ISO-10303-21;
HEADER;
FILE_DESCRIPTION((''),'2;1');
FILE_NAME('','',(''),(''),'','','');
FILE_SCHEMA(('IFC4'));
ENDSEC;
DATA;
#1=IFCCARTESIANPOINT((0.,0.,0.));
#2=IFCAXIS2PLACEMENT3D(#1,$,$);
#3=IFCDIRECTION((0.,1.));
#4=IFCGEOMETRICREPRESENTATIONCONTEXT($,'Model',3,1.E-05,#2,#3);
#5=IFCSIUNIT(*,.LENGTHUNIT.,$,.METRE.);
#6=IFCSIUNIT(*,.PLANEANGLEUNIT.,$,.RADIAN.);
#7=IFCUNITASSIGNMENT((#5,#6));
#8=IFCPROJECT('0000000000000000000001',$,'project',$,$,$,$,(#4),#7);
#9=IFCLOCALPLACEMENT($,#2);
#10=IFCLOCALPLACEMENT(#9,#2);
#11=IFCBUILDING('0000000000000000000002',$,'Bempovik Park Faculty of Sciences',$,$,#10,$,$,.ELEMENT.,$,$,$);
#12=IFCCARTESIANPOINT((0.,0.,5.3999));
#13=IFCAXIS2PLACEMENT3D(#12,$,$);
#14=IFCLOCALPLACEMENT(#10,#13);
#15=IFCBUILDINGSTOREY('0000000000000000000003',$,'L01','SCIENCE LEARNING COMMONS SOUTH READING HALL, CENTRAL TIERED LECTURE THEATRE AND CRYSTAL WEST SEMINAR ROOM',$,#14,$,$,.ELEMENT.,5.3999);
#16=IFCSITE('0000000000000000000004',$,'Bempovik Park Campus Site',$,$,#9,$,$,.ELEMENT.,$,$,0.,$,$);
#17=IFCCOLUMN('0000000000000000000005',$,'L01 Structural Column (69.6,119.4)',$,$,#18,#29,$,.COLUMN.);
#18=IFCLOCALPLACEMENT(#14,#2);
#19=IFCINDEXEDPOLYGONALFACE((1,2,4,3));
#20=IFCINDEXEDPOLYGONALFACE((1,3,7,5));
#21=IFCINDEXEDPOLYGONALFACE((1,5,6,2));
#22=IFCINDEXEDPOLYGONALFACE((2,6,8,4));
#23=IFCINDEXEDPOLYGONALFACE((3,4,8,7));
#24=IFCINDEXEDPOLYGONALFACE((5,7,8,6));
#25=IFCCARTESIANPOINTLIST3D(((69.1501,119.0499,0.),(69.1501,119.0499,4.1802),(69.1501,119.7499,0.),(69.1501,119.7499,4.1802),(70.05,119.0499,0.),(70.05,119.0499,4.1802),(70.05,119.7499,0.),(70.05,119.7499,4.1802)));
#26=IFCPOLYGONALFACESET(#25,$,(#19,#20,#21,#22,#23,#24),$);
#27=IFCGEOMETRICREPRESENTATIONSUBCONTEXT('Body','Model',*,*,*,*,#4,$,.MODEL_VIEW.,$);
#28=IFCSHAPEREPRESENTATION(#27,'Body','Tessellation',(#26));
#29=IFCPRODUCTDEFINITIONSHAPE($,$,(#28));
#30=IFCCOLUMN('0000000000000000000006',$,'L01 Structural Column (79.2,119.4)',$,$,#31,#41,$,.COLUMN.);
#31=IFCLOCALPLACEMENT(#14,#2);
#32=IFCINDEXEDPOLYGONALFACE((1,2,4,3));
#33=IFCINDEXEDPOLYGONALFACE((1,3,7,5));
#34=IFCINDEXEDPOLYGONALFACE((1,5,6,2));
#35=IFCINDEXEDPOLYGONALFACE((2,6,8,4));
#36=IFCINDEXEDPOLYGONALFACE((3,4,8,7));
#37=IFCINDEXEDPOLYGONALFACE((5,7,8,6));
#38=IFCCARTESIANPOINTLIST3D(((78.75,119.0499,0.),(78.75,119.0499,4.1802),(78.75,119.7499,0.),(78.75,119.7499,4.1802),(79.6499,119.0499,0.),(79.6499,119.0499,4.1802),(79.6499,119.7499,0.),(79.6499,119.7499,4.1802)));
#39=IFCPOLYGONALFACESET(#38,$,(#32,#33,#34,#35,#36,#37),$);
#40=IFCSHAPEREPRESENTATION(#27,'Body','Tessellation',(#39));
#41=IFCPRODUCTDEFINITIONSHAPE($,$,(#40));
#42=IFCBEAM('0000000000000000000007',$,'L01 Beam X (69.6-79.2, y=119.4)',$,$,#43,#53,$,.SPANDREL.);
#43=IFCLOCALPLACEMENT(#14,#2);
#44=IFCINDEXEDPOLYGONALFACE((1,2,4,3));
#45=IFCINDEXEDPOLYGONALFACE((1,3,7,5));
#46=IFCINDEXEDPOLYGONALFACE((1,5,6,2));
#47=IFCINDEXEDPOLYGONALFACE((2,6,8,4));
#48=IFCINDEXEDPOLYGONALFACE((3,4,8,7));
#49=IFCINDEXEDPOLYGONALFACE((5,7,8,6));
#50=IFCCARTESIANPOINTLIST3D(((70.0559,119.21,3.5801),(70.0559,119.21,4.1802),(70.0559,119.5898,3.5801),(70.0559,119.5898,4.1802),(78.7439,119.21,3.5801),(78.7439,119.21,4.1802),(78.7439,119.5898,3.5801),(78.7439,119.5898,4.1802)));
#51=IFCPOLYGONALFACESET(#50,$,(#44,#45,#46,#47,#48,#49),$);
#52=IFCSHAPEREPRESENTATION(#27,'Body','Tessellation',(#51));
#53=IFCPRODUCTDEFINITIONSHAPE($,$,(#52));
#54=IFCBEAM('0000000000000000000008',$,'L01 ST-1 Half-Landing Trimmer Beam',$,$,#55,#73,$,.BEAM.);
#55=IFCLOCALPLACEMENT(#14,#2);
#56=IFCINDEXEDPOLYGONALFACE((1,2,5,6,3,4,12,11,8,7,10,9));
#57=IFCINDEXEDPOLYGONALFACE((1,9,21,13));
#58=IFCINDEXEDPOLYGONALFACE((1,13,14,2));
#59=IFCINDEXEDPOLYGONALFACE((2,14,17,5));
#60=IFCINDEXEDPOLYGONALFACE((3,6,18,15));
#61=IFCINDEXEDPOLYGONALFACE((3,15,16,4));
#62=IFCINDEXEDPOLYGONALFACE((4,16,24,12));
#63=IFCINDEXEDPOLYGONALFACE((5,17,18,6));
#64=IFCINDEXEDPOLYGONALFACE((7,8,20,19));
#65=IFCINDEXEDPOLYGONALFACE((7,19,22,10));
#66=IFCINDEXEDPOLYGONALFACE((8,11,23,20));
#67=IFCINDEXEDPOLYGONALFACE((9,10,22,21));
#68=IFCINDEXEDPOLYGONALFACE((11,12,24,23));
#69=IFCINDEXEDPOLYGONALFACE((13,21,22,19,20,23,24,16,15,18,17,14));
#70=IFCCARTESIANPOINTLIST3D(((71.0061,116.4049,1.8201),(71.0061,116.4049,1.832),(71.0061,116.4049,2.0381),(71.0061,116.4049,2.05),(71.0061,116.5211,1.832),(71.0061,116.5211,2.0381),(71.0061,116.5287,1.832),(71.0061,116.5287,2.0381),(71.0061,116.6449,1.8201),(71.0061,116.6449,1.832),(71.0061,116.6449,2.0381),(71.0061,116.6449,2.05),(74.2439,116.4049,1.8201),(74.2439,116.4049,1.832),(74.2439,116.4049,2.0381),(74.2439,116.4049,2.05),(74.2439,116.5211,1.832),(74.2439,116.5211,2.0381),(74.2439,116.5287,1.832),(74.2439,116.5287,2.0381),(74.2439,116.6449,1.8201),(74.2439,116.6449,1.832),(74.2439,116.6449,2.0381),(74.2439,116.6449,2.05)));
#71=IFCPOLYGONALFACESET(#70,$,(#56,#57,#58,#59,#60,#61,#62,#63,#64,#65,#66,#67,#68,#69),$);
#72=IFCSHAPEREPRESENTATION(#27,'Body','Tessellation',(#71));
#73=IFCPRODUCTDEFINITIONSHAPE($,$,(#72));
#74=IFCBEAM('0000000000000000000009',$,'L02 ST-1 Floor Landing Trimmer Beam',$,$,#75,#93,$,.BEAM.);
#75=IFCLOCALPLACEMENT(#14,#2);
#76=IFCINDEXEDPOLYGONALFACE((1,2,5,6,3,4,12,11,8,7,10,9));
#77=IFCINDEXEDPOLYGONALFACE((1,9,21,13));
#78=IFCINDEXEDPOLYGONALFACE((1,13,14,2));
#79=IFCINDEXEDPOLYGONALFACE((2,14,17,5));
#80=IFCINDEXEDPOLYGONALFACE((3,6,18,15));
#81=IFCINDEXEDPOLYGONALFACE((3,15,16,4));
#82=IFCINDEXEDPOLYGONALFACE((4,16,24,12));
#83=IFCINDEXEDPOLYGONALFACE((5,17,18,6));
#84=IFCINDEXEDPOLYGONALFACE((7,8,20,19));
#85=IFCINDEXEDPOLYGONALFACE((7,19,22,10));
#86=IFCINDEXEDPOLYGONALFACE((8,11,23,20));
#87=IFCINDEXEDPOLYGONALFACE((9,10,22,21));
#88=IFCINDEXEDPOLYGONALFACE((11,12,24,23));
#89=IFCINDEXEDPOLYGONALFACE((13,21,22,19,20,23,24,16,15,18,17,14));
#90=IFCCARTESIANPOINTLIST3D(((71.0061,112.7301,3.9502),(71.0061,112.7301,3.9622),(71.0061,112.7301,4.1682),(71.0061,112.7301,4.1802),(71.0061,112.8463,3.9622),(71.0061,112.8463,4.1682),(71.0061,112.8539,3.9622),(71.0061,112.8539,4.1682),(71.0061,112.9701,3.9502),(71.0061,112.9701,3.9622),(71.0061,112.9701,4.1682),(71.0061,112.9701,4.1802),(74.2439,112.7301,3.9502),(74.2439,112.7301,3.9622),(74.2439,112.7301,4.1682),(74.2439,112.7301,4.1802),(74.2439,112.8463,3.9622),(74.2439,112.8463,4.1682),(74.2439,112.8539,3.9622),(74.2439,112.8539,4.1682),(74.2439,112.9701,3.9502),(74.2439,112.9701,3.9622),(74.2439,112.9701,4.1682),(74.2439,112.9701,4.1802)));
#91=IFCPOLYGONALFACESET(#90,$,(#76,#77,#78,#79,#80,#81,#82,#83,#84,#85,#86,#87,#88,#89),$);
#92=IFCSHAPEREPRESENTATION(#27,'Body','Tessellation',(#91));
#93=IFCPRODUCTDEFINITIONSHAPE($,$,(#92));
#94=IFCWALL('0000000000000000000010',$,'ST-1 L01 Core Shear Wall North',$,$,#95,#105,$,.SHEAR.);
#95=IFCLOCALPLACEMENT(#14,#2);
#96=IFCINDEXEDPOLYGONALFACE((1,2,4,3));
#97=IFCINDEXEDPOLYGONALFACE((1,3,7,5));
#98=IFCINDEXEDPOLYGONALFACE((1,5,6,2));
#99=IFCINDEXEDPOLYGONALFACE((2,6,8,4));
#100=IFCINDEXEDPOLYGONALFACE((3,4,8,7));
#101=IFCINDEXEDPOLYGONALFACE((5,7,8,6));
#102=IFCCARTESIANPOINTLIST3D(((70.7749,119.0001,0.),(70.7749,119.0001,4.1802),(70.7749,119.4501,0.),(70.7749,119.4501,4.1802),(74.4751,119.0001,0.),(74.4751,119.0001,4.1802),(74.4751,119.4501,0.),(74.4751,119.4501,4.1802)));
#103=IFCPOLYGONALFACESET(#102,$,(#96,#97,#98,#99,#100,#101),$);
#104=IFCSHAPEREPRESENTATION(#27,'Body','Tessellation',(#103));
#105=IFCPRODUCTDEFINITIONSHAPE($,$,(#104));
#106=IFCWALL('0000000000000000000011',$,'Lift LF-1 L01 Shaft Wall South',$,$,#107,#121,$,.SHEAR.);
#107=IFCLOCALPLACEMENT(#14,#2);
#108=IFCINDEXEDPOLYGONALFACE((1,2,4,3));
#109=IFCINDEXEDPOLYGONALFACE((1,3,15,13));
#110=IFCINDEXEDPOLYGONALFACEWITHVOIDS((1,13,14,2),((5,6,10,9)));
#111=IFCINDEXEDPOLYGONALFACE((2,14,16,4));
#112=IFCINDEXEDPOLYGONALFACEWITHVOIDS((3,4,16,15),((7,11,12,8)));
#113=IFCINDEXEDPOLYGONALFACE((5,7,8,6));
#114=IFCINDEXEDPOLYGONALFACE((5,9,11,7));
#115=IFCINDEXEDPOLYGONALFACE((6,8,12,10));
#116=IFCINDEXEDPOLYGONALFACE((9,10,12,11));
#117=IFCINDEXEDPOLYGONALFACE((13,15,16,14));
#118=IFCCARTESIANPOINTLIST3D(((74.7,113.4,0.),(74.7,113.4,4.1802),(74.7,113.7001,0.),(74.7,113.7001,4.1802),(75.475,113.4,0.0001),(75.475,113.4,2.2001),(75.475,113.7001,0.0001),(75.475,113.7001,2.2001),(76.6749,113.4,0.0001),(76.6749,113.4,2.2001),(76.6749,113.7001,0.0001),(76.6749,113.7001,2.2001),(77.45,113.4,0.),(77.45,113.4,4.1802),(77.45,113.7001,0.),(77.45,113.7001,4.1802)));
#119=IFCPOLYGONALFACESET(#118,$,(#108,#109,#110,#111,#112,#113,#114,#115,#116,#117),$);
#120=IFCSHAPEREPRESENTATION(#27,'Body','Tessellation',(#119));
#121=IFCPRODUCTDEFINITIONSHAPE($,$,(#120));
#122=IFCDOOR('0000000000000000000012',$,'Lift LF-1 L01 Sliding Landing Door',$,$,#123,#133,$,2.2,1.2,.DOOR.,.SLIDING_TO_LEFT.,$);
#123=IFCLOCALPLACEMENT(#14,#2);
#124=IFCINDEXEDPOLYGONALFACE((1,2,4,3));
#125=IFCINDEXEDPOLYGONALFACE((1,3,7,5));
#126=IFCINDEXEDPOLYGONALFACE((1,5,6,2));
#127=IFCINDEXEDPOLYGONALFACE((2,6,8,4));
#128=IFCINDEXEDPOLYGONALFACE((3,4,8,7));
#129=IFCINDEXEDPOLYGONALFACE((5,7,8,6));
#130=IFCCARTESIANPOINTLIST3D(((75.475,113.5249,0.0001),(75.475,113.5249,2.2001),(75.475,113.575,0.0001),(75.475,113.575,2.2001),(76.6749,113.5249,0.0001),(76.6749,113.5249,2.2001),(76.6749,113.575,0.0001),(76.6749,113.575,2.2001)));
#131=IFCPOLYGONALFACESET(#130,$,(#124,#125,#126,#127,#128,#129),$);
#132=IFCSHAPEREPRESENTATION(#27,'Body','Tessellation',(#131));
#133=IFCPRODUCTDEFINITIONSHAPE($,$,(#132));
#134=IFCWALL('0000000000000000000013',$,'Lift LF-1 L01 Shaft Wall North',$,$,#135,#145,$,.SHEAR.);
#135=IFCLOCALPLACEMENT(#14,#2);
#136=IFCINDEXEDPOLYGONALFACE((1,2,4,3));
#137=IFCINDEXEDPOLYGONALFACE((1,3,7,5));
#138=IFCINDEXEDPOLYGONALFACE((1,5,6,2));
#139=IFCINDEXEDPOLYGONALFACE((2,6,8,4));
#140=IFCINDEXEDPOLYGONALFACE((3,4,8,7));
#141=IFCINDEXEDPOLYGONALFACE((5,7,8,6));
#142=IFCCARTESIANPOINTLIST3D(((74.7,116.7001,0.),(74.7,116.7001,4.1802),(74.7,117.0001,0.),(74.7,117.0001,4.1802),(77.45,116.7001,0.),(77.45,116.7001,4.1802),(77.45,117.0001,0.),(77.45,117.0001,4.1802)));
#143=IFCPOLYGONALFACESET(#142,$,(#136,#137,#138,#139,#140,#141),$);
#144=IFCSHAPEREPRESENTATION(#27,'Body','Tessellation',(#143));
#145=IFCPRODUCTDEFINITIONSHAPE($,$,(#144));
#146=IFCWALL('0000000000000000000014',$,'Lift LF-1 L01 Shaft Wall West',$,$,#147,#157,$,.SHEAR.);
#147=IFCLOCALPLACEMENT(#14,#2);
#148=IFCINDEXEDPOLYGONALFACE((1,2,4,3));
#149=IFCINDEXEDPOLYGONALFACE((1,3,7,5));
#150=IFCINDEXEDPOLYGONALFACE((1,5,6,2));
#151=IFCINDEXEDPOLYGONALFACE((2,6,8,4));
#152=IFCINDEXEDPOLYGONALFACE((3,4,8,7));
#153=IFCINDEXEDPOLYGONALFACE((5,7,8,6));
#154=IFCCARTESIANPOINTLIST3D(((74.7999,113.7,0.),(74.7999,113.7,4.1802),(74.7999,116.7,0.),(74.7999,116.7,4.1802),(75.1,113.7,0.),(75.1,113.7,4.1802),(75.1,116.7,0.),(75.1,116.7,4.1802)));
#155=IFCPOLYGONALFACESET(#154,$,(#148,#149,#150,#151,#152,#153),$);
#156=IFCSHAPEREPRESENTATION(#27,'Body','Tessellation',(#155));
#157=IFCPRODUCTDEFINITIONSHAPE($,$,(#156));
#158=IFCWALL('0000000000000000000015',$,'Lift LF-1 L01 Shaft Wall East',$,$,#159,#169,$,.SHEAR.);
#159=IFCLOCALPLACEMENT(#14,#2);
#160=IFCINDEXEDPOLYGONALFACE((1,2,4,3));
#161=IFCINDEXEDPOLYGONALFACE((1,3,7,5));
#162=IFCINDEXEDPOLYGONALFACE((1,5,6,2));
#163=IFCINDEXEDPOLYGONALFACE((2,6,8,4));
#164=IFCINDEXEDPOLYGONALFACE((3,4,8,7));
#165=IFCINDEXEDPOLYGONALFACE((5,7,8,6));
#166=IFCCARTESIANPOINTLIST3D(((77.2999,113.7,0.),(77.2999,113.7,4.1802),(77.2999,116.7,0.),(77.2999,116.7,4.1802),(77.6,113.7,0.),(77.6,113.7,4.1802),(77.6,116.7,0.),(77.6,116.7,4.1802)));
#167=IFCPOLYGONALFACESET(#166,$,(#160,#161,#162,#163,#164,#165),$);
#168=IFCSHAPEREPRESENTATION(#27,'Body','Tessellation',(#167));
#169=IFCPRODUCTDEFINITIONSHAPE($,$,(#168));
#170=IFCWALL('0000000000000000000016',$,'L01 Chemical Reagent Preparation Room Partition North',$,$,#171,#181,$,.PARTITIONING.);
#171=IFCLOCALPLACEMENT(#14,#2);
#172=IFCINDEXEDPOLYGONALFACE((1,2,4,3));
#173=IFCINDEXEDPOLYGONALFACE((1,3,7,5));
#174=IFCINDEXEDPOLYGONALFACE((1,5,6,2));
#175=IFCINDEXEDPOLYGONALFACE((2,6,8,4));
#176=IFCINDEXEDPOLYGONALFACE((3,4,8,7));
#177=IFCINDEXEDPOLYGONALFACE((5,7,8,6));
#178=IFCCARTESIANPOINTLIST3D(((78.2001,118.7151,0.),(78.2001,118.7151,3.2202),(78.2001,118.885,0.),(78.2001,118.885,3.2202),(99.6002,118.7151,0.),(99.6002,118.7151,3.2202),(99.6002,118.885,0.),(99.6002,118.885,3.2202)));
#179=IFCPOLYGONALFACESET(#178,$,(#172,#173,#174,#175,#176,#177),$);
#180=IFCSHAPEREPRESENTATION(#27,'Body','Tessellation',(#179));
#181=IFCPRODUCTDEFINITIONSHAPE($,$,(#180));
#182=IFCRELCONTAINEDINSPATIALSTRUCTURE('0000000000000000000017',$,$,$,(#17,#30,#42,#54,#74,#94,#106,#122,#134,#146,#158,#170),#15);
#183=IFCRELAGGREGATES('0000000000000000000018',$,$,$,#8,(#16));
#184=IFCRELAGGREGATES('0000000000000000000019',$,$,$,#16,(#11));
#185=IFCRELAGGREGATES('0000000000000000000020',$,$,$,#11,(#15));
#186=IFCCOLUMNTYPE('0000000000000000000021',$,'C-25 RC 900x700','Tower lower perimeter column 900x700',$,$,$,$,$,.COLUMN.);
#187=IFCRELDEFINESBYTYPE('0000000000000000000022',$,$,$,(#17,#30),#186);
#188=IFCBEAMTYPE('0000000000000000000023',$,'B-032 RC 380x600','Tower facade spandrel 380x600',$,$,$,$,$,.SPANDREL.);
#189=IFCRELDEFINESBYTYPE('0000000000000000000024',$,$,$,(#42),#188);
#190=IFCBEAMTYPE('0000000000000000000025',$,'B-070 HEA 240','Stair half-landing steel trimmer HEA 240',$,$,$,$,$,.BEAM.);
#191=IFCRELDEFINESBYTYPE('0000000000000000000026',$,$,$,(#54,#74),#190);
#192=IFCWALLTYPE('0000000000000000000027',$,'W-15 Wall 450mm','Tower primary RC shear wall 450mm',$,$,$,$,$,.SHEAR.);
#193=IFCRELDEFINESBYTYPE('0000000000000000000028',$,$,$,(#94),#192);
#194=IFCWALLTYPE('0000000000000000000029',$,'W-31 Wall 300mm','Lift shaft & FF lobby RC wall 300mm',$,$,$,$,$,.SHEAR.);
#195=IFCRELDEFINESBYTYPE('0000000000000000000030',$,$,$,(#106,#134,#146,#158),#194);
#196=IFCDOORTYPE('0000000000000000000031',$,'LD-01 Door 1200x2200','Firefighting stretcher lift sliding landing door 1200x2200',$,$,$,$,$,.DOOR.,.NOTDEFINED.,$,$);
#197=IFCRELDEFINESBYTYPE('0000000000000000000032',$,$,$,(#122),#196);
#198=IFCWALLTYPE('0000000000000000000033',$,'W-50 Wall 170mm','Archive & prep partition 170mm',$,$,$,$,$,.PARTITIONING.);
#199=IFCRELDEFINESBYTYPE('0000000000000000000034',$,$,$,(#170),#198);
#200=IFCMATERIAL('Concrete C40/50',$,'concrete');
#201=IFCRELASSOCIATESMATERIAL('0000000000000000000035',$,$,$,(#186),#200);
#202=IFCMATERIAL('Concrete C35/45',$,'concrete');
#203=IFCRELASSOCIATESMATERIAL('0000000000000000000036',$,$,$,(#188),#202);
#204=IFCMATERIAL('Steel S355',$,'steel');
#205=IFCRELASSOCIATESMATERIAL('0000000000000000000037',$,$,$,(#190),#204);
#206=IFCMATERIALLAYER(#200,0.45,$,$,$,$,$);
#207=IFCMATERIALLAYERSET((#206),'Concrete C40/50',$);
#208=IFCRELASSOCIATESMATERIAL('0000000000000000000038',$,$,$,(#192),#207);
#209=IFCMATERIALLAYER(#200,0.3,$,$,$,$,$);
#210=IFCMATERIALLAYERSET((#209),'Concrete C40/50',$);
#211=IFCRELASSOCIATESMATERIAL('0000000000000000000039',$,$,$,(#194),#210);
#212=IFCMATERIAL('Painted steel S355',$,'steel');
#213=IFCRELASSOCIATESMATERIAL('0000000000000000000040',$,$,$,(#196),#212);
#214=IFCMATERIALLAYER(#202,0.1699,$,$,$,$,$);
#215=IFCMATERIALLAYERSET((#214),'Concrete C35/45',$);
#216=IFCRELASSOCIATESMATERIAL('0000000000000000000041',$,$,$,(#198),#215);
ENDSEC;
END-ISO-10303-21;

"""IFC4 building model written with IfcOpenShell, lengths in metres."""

from ifc_helpers import new_model, si_unit, direction, frame, frame_2d, origin, origin_2d, place, context, subcontext, project, spatial, rectangle, i_section, extrude, material, layer, layer_set, material_profile, profile_set, type_object, element, fill, save


model = new_model("IFC4")

# Units and contexts
model_context = context("Model", 3, precision=1e-05, world=origin(), true_north=direction((0.0, 1.0)))
body_context = subcontext(model_context, "Body", "Model", "MODEL_VIEW")
ifc_project = project(units=[si_unit("LENGTHUNIT", "METRE"), si_unit("PLANEANGLEUNIT", "RADIAN")], contexts=[model_context])

# Site, building, storey
site_placement = place(None, origin())
site = spatial("IfcSite", under=ifc_project, at=site_placement, Name="Bempovik Park Campus Site", CompositionType="ELEMENT", RefElevation=0.0)
building_placement = place(site_placement, origin())
building = spatial("IfcBuilding", under=site, at=building_placement, Name="Bempovik Park Faculty of Sciences", CompositionType="ELEMENT")
storey_placement = place(building_placement, frame((0.0, 0.0, 5.3999)))
storey = spatial("IfcBuildingStorey", under=building, at=storey_placement, Name="L01", Description="SCIENCE LEARNING COMMONS SOUTH READING HALL, CENTRAL TIERED LECTURE THEATRE AND CRYSTAL WEST SEMINAR ROOM", CompositionType="ELEMENT", Elevation=5.3999)

# Columns
ifc_material_1 = material(Name="Concrete C40/50", Category="concrete")
ifc_material_profile_1 = material_profile(ifc_material_1, rectangle(XDim=0.8999, YDim=0.7, at=origin_2d()), Name="RC 900x700")
ifc_profile_set_1 = profile_set([ifc_material_profile_1], Name="Concrete C40/50")
column_type = type_object("IfcColumnType", Name="C-25 RC 900x700", Description="Tower lower perimeter column 900x700", PredefinedType="COLUMN", material=ifc_profile_set_1)
for number, where, z_axis, x_axis, name in (
    (1, (69.6001, 119.3999, 0.0), (0.0, 0.0, 1.0), (1.0, 0.0, 0.0), "L01 Structural Column (69.6,119.4)"),
    (2, (79.2, 119.3999, 0.0), (0.0, 0.0, 1.0), (1.0, 0.0, 0.0), "L01 Structural Column (79.2,119.4)"),
):
    element("IfcColumn", number, at=place(storey_placement, frame(where, z_axis=z_axis, x_axis=x_axis)), inside=storey, type_object=column_type, Name=name, PredefinedType="COLUMN", context=body_context, shape_type="SweptSolid", body=[
        extrude(rectangle(XDim=0.8999, YDim=0.7, at=origin_2d()), origin(), (0.0, 0.0, 1.0), 4.1802),
    ])

# Beams
ifc_material_2 = material(Name="Concrete C35/45", Category="concrete")
ifc_material_profile_2 = material_profile(ifc_material_2, rectangle(XDim=0.3799, YDim=0.6001, at=origin_2d()), Name="RC 380x600")
ifc_profile_set_2 = profile_set([ifc_material_profile_2], Name="Concrete C35/45")
beam_type_1 = type_object("IfcBeamType", Name="B-032 RC 380x600", Description="Tower facade spandrel 380x600", PredefinedType="SPANDREL", material=ifc_profile_set_2)
beam_placement = place(storey_placement, frame((70.0559, 119.3999, 3.8801), z_axis=(1.0, 0.0, 0.0), x_axis=(0.0, 1.0, 0.0)))
element("IfcBeam", 3, at=beam_placement, inside=storey, type_object=beam_type_1, Name="L01 Beam X (69.6-79.2, y=119.4)", PredefinedType="SPANDREL", context=body_context, shape_type="SweptSolid", body=[
    extrude(rectangle(XDim=0.3799, YDim=0.6001, at=origin_2d()), origin(), (0.0, 0.0, 1.0), 8.688),
])
ifc_material_3 = material(Name="Steel S355", Category="steel")
ifc_material_profile_3 = material_profile(ifc_material_3, i_section(OverallWidth=0.24, OverallDepth=0.23, WebThickness=0.0076, FlangeThickness=0.012, at=origin_2d()), Name="HEA 240")
ifc_profile_set_3 = profile_set([ifc_material_profile_3], Name="Steel S355")
beam_type_2 = type_object("IfcBeamType", Name="B-070 HEA 240", Description="Stair half-landing steel trimmer HEA 240", PredefinedType="BEAM", material=ifc_profile_set_3)
for number, where, z_axis, x_axis, name in (
    (4, (71.0061, 116.5249, 1.9351), (1.0, 0.0, 0.0), (0.0, 1.0, 0.0), "L01 ST-1 Half-Landing Trimmer Beam"),
    (5, (71.0061, 112.8501, 4.0652), (1.0, 0.0, 0.0), (0.0, 1.0, 0.0), "L02 ST-1 Floor Landing Trimmer Beam"),
):
    element("IfcBeam", number, at=place(storey_placement, frame(where, z_axis=z_axis, x_axis=x_axis)), inside=storey, type_object=beam_type_2, Name=name, PredefinedType="BEAM", context=body_context, shape_type="SweptSolid", body=[
        extrude(i_section(OverallWidth=0.24, OverallDepth=0.23, WebThickness=0.0076, FlangeThickness=0.012, at=origin_2d()), origin(), (0.0, 0.0, 1.0), 3.2378),
    ])

# Wall
ifc_layer_1 = layer(ifc_material_1, 0.45)
ifc_layer_set_1 = layer_set([ifc_layer_1], Name="Concrete C40/50")
wall_type_1 = type_object("IfcWallType", Name="W-15 Wall 450mm", Description="Tower primary RC shear wall 450mm", PredefinedType="SHEAR", material=ifc_layer_set_1)
wall_1_placement = place(storey_placement, frame((70.7749, 119.2251, 0.0), z_axis=(0.0, 0.0, 1.0), x_axis=(1.0, 0.0, 0.0)))
element("IfcWall", 6, at=wall_1_placement, inside=storey, type_object=wall_type_1, Name="ST-1 L01 Core Shear Wall North", PredefinedType="SHEAR", context=body_context, shape_type="SweptSolid", body=[
    extrude(rectangle(XDim=3.7002, YDim=0.45, at=frame_2d((1.8501, 0.0))), origin(), (0.0, 0.0, 1.0), 4.1802),
])

# Wall, opening, door
ifc_layer_2 = layer(ifc_material_1, 0.3)
ifc_layer_set_2 = layer_set([ifc_layer_2], Name="Concrete C40/50")
wall_type_2 = type_object("IfcWallType", Name="W-31 Wall 300mm", Description="Lift shaft & FF lobby RC wall 300mm", PredefinedType="SHEAR", material=ifc_layer_set_2)
wall_2_placement = place(storey_placement, frame((74.7, 113.55, 0.0), z_axis=(0.0, 0.0, 1.0), x_axis=(1.0, 0.0, 0.0)))
wall_2 = element("IfcWall", 7, at=wall_2_placement, inside=storey, type_object=wall_type_2, Name="Lift LF-1 L01 Shaft Wall South", PredefinedType="SHEAR", context=body_context, shape_type="SweptSolid", body=[
    extrude(rectangle(XDim=2.75, YDim=0.3, at=frame_2d((1.375, 0.0))), origin(), (0.0, 0.0, 1.0), 4.1802),
])
opening_1_placement = place(wall_2_placement, frame((0.7749, 0.0, 0.0)))
opening_1 = element("IfcOpeningElement", 8, at=opening_1_placement, cuts=wall_2, PredefinedType="OPENING", context=body_context, shape_type="SweptSolid", body=[
    extrude(rectangle(XDim=1.2, YDim=2.2, at=frame_2d((0.6001, 1.1001))), frame((0.0, 0.1602, 0.0), z_axis=(0.0, -1.0, 0.0), x_axis=(1.0, 0.0, 0.0)), (0.0, 0.0, 1.0), 0.3201),
])
ifc_material_4 = material(Name="Painted steel S355", Category="steel")
door_type = type_object("IfcDoorType", Name="LD-01 Door 1200x2200", Description="Firefighting stretcher lift sliding landing door 1200x2200", OperationType="NOTDEFINED", PredefinedType="DOOR", material=ifc_material_4)
door_placement = place(opening_1_placement, origin())
door = element("IfcDoor", 9, at=door_placement, inside=storey, type_object=door_type, Name="Lift LF-1 L01 Sliding Landing Door", OperationType="SLIDING_TO_LEFT", OverallHeight=2.2, OverallWidth=1.2, PredefinedType="DOOR", context=body_context, shape_type="SweptSolid", body=[
    extrude(rectangle(XDim=1.2, YDim=2.2, at=frame_2d((0.6001, 1.1001))), frame((0.0, 0.0249, 0.0), z_axis=(0.0, -1.0, 0.0), x_axis=(1.0, 0.0, 0.0)), (0.0, 0.0, 1.0), 0.05),
])
fill(opening_1, door)

# Walls
wall_3_placement = place(storey_placement, frame((74.7, 116.8501, 0.0), z_axis=(0.0, 0.0, 1.0), x_axis=(1.0, 0.0, 0.0)))
element("IfcWall", 10, at=wall_3_placement, inside=storey, type_object=wall_type_2, Name="Lift LF-1 L01 Shaft Wall North", PredefinedType="SHEAR", context=body_context, shape_type="SweptSolid", body=[
    extrude(rectangle(XDim=2.75, YDim=0.3, at=frame_2d((1.375, 0.0))), origin(), (0.0, 0.0, 1.0), 4.1802),
])
for number, where, z_axis, x_axis, name in (
    (11, (74.95, 113.7, 0.0), (0.0, 0.0, 1.0), (0.0, 1.0, 0.0), "Lift LF-1 L01 Shaft Wall West"),
    (12, (77.45, 113.7, 0.0), (0.0, 0.0, 1.0), (0.0, 1.0, 0.0), "Lift LF-1 L01 Shaft Wall East"),
):
    element("IfcWall", number, at=place(storey_placement, frame(where, z_axis=z_axis, x_axis=x_axis)), inside=storey, type_object=wall_type_2, Name=name, PredefinedType="SHEAR", context=body_context, shape_type="SweptSolid", body=[
        extrude(rectangle(XDim=3.0, YDim=0.3, at=frame_2d((1.5, 0.0))), origin(), (0.0, 0.0, 1.0), 4.1802),
    ])
ifc_layer_3 = layer(ifc_material_2, 0.1699)
ifc_layer_set_3 = layer_set([ifc_layer_3], Name="Concrete C35/45")
wall_type_3 = type_object("IfcWallType", Name="W-50 Wall 170mm", Description="Archive & prep partition 170mm", PredefinedType="PARTITIONING", material=ifc_layer_set_3)
wall_4_placement = place(storey_placement, frame((78.2, 118.8, 0.0), z_axis=(0.0, 0.0, 1.0), x_axis=(1.0, 0.0, 0.0)))
element("IfcWall", 13, at=wall_4_placement, inside=storey, type_object=wall_type_3, Name="L01 Chemical Reagent Preparation Room Partition North", PredefinedType="PARTITIONING", context=body_context, shape_type="SweptSolid", body=[
    extrude(rectangle(XDim=21.4001, YDim=0.1699, at=frame_2d((10.7002, 0.0))), origin(), (0.0, 0.0, 1.0), 3.2202),
])

save(model, "model.ifc")
